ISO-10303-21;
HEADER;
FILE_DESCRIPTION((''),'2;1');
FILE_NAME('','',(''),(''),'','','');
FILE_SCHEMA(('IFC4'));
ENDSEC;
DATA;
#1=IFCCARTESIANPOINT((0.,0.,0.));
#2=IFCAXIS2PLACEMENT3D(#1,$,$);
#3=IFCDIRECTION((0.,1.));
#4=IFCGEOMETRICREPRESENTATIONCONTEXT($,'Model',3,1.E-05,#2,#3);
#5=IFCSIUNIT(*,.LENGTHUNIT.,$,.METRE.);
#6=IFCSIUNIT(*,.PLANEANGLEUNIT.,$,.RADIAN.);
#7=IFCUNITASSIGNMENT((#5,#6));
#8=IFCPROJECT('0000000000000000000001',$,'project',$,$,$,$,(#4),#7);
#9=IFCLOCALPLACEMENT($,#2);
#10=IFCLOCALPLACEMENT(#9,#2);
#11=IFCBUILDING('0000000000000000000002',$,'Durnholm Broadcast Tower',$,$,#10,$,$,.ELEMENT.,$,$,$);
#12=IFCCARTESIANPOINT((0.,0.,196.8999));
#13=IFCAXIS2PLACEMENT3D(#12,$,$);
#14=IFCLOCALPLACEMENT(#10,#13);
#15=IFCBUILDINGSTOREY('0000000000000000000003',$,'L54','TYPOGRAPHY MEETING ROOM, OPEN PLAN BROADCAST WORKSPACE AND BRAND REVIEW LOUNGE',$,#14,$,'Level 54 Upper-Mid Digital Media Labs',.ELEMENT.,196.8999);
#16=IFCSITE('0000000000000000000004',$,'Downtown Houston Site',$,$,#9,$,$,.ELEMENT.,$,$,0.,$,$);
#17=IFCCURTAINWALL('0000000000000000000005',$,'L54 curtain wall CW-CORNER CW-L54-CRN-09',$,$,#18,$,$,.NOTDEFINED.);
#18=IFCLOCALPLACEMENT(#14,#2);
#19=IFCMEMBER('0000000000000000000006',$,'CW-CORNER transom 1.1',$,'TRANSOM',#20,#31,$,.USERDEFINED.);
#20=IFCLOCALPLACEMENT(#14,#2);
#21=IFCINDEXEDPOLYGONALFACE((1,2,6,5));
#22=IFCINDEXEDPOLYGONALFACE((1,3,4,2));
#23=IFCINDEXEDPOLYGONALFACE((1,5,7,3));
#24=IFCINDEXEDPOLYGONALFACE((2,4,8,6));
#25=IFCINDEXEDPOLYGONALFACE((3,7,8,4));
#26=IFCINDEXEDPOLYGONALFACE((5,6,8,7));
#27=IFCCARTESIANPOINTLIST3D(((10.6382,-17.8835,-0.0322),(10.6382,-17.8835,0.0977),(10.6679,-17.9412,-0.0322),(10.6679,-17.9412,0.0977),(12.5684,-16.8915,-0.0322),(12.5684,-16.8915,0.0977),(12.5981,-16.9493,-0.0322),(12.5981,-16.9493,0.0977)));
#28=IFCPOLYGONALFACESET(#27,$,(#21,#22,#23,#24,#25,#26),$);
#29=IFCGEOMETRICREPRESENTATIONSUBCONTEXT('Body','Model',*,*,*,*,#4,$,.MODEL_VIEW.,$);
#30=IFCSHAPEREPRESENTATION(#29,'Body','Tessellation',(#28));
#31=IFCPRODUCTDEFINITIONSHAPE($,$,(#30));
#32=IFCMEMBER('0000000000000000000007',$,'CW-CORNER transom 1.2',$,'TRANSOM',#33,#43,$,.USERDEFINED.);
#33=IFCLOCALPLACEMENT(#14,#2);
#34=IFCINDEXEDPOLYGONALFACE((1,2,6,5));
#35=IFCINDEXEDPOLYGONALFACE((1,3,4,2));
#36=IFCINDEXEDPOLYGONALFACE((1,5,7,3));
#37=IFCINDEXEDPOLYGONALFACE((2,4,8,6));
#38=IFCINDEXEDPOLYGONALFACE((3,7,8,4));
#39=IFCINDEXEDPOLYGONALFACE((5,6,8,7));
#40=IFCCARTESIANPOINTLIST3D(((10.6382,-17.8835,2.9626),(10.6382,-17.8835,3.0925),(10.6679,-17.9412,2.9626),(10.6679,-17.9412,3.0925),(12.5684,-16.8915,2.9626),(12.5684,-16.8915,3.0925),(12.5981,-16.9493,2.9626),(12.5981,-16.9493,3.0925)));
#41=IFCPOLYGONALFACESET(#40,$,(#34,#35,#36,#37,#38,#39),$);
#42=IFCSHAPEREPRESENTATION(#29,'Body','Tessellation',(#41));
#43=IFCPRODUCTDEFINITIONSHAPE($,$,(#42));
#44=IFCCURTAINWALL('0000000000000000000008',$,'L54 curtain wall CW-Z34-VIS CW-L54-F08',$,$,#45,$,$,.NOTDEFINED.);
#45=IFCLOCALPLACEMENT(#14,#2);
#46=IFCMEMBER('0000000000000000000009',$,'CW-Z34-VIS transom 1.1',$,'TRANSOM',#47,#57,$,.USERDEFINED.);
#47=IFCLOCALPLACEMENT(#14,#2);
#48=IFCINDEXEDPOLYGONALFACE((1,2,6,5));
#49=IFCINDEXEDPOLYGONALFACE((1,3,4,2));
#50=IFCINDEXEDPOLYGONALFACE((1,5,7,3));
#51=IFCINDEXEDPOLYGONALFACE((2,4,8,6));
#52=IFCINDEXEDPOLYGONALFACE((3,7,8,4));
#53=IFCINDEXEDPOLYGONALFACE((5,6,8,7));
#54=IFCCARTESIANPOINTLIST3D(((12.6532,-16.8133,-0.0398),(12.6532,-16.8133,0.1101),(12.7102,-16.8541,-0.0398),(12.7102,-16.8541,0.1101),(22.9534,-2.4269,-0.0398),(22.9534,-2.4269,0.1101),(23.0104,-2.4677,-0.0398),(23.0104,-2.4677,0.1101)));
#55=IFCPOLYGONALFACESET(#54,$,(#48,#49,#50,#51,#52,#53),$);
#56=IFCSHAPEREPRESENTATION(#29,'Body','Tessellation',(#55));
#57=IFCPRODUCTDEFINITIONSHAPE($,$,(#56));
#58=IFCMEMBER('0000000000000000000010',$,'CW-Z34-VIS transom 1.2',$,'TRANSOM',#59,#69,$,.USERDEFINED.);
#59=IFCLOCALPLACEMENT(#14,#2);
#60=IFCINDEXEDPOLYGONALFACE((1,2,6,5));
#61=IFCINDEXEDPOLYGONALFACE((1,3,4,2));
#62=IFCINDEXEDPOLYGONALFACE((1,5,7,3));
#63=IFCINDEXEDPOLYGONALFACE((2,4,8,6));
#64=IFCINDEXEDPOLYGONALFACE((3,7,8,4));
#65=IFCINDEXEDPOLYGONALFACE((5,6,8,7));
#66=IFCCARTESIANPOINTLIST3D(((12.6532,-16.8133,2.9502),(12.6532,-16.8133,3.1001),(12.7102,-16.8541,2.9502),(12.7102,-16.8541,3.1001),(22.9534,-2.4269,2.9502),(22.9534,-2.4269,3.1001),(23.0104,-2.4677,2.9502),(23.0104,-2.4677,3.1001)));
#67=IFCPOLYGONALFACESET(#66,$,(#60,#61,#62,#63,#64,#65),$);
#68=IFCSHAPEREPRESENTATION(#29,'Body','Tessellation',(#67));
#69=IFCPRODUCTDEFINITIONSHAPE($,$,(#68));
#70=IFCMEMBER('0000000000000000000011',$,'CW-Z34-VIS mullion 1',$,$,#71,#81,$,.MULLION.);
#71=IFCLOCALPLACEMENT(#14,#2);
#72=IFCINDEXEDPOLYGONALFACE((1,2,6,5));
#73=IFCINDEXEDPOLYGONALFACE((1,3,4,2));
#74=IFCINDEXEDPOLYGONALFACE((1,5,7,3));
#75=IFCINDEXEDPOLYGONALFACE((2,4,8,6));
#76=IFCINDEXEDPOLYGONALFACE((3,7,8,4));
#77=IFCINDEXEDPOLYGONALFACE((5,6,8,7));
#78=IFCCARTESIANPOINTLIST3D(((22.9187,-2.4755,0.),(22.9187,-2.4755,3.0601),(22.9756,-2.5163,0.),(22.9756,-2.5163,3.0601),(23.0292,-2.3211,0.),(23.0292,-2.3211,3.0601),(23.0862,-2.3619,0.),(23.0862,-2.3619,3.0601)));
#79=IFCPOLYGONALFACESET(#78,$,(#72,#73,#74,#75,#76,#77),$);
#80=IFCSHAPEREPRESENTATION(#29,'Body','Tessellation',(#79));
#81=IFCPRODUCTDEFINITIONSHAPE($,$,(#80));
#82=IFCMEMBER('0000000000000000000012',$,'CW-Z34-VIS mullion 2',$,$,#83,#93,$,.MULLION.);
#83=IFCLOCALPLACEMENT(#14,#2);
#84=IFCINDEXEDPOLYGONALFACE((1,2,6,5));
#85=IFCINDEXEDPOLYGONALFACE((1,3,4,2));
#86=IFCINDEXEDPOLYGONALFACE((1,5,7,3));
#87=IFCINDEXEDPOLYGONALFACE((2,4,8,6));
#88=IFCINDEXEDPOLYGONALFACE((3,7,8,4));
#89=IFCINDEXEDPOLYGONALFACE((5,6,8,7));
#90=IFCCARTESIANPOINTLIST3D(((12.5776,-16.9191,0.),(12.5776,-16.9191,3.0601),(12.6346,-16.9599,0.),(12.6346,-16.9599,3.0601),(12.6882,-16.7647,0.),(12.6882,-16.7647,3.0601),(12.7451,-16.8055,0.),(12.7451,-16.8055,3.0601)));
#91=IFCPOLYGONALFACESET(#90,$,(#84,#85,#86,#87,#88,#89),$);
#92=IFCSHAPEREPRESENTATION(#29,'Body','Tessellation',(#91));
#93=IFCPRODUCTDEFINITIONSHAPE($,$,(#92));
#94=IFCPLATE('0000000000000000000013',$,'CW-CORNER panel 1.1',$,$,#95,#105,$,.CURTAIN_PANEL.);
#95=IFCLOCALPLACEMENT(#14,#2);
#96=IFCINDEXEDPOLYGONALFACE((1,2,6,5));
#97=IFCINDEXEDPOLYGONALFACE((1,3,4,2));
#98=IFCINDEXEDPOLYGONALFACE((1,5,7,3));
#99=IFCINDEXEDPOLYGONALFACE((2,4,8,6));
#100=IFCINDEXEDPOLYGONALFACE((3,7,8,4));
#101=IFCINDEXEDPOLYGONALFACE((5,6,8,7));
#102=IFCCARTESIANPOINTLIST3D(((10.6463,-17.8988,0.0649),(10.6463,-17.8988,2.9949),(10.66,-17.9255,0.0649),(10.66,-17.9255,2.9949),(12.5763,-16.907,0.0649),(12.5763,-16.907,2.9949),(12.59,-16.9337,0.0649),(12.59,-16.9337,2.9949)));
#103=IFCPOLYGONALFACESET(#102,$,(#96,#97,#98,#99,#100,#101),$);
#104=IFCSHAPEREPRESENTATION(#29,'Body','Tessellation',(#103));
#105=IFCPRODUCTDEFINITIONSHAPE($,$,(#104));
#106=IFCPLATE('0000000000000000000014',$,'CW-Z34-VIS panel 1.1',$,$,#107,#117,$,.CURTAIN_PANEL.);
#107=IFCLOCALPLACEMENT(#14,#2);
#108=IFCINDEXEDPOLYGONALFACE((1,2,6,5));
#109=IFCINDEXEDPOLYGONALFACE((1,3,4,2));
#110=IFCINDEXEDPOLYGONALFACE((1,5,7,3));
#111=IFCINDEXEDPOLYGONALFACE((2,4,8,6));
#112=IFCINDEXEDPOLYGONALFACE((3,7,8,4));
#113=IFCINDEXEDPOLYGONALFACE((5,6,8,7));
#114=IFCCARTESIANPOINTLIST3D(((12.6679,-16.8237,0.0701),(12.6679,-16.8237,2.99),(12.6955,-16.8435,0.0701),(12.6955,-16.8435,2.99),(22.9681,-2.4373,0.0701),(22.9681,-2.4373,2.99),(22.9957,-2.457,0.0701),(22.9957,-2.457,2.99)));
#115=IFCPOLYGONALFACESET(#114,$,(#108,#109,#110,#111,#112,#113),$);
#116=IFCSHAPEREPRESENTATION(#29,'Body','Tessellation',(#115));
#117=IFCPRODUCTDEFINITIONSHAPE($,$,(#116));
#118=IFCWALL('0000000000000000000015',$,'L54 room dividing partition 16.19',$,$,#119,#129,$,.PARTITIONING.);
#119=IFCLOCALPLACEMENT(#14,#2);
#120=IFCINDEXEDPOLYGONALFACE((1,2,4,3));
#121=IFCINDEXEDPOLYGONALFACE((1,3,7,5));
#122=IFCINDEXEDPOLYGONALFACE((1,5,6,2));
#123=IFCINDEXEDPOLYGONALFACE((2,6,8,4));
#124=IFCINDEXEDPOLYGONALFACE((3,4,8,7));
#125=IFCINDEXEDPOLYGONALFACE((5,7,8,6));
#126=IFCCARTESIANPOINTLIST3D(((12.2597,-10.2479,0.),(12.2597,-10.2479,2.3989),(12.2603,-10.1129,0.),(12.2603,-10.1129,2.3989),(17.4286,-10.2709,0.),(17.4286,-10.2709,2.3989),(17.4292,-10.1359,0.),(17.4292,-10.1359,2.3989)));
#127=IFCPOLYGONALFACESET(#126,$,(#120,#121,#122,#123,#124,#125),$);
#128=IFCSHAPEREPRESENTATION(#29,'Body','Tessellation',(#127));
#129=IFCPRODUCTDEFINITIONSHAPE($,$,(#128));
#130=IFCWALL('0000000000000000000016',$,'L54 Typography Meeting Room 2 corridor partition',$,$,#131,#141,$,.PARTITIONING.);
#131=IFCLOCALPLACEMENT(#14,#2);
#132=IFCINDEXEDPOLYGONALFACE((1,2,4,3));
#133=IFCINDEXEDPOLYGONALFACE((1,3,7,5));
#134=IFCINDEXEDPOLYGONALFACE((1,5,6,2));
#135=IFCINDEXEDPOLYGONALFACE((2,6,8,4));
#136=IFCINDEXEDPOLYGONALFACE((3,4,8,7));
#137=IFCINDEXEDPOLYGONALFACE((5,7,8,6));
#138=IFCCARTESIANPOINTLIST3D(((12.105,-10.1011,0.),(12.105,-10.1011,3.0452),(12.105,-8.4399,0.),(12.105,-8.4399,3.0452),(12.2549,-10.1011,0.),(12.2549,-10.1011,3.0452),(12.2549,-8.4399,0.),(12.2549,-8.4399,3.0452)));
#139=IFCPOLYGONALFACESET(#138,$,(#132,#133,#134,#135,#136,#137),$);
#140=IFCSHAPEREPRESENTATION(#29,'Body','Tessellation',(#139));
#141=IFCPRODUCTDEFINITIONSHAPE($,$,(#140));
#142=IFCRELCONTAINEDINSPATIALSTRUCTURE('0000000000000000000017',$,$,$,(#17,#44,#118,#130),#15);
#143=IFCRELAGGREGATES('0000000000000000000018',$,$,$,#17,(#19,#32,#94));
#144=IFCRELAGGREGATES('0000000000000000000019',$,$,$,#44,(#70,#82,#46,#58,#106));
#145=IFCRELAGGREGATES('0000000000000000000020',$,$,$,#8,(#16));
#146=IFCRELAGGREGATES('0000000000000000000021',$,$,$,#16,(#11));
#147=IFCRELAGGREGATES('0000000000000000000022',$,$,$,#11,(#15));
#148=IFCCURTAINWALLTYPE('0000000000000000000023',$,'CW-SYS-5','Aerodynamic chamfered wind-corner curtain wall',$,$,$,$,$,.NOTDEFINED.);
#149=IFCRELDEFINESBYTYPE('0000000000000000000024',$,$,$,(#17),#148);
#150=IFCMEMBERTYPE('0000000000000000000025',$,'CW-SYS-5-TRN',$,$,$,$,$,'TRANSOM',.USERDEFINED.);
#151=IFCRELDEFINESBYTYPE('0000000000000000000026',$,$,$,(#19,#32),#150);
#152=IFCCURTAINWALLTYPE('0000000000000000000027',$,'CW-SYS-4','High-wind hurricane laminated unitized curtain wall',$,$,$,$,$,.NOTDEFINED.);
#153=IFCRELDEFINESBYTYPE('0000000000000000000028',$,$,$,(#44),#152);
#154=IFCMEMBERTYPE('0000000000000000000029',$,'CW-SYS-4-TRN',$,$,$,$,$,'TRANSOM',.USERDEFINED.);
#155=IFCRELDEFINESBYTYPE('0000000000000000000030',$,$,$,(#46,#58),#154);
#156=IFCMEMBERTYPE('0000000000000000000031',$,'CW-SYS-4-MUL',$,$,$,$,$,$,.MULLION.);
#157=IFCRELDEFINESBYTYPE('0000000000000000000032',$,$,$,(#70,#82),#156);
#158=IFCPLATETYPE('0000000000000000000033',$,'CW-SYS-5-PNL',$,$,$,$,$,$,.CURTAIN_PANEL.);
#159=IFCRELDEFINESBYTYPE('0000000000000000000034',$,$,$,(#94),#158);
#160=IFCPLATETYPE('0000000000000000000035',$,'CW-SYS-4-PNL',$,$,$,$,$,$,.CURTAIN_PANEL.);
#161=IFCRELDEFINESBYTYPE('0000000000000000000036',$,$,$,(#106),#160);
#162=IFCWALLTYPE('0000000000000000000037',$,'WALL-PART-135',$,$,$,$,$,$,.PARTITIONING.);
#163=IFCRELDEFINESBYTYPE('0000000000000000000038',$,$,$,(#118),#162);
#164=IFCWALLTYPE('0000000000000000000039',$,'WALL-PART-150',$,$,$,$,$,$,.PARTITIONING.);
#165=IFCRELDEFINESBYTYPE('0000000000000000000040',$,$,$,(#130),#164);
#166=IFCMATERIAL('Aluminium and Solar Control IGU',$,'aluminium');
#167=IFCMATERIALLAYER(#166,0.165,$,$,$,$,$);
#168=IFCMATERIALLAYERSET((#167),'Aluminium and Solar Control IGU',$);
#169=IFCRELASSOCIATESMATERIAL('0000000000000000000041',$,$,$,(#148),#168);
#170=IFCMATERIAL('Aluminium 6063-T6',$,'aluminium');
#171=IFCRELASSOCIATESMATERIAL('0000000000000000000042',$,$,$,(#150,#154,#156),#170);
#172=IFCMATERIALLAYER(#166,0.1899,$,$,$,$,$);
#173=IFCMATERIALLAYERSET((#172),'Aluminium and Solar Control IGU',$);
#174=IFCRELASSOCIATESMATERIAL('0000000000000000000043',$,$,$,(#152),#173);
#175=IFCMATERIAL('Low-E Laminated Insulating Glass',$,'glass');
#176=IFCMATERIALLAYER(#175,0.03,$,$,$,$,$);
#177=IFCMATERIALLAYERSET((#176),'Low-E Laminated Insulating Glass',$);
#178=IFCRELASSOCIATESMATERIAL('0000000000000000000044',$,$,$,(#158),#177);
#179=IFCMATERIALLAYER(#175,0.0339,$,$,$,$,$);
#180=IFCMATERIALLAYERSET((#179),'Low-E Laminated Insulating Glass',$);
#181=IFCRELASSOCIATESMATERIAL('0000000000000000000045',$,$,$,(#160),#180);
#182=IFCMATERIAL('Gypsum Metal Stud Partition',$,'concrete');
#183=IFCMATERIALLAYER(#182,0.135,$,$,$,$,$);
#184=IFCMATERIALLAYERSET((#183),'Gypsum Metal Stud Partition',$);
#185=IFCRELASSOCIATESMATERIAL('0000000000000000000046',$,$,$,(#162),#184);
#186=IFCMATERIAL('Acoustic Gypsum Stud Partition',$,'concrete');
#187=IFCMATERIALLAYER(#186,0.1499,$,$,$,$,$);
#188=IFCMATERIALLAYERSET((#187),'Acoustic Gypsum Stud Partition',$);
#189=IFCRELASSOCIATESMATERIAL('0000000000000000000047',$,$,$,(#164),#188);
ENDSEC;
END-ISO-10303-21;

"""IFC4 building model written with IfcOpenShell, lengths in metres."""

from ifc_helpers import new_model, si_unit, direction, frame, frame_2d, origin, origin_2d, place, context, subcontext, project, spatial, rectangle, extrude, source, transform, mapped, material, layer, layer_set, material_profile, profile_set, type_object, type_shapes, element, aggregate, save


model = new_model("IFC4")

# Units and contexts
model_context = context("Model", 3, precision=1e-05, world=origin(), true_north=direction((0.0, 1.0)))
body_context = subcontext(model_context, "Body", "Model", "MODEL_VIEW")
ifc_project = project(units=[si_unit("LENGTHUNIT", "METRE"), si_unit("PLANEANGLEUNIT", "RADIAN")], contexts=[model_context])

# Site, building, storey
site_placement = place(None, origin())
site = spatial("IfcSite", under=ifc_project, at=site_placement, Name="Downtown Houston Site", CompositionType="ELEMENT", RefElevation=0.0)
building_placement = place(site_placement, origin())
building = spatial("IfcBuilding", under=site, at=building_placement, Name="Durnholm Broadcast Tower", CompositionType="ELEMENT")
storey_placement = place(building_placement, frame((0.0, 0.0, 196.8999)))
storey = spatial("IfcBuildingStorey", under=building, at=storey_placement, Name="L54", Description="TYPOGRAPHY MEETING ROOM, OPEN PLAN BROADCAST WORKSPACE AND BRAND REVIEW LOUNGE", LongName="Level 54 Upper-Mid Digital Media Labs", CompositionType="ELEMENT", Elevation=196.8999)

# Shared definitions
ifc_material_1 = material(Name="Aluminium and Solar Control IGU", Category="aluminium")
ifc_layer_1 = layer(ifc_material_1, 0.165)
ifc_layer_set_1 = layer_set([ifc_layer_1], Name="Aluminium and Solar Control IGU")
curtain_wall_type_1 = type_object("IfcCurtainWallType", Name="CW-SYS-5", Description="Aerodynamic chamfered wind-corner curtain wall", PredefinedType="NOTDEFINED", material=ifc_layer_set_1)
ifc_material_2 = material(Name="Aluminium 6063-T6", Category="aluminium")

# Curtain walls, members
curtain_wall_1_placement = place(storey_placement, origin())
curtain_wall_1 = element("IfcCurtainWall", 1, at=curtain_wall_1_placement, inside=storey, type_object=curtain_wall_type_1, Name="L54 curtain wall CW-CORNER CW-L54-CRN-09", PredefinedType="NOTDEFINED")
ifc_material_profile_1 = material_profile(ifc_material_2, rectangle(XDim=0.0649, YDim=0.1299, at=origin_2d()), Name="CWT65X130")
ifc_profile_set_1 = profile_set([ifc_material_profile_1], Name="Aluminium 6063-T6")
member_type_1 = type_object("IfcMemberType", Name="CW-SYS-5-TRN", ElementType="TRANSOM", PredefinedType="USERDEFINED", material=ifc_profile_set_1)
shared_shape_1 = source(origin(), body_context, "Body", "SweptSolid", [
    extrude(rectangle(XDim=0.0649, YDim=0.1299, at=origin_2d()), origin(), (0.0, 0.0, 1.0), 2.1702),
])
type_shapes(member_type_1, [shared_shape_1])
member_1_placement = place(storey_placement, frame((12.5833, -16.9204, 0.0327), z_axis=(-0.889422, -0.457086, 0.0), x_axis=(0.457086, -0.889422, 0.0)))
member_1 = element("IfcMember", 2, at=member_1_placement, type_object=member_type_1, Name="CW-CORNER transom 1.1", ObjectType="TRANSOM", PredefinedType="USERDEFINED", context=body_context, shape_type="MappedRepresentation", body=[
    mapped(shared_shape_1, transform((0.0, 0.0, 0.0), x_axis=(1.0, 0.0, 0.0), y_axis=(0.0, 1.0, 0.0), z_axis=(0.0, 0.0, 1.0), scale=1.0)),
])
member_2_placement = place(storey_placement, frame((12.5833, -16.9204, 3.0276), z_axis=(-0.889422, -0.457086, 0.0), x_axis=(0.457086, -0.889422, 0.0)))
member_2 = element("IfcMember", 3, at=member_2_placement, type_object=member_type_1, Name="CW-CORNER transom 1.2", ObjectType="TRANSOM", PredefinedType="USERDEFINED", context=body_context, shape_type="MappedRepresentation", body=[
    mapped(shared_shape_1, transform((0.0, 0.0, 0.0), x_axis=(1.0, 0.0, 0.0), y_axis=(0.0, 1.0, 0.0), z_axis=(0.0, 0.0, 1.0), scale=1.0)),
])
ifc_layer_2 = layer(ifc_material_1, 0.1899)
ifc_layer_set_2 = layer_set([ifc_layer_2], Name="Aluminium and Solar Control IGU")
curtain_wall_type_2 = type_object("IfcCurtainWallType", Name="CW-SYS-4", Description="High-wind hurricane laminated unitized curtain wall", PredefinedType="NOTDEFINED", material=ifc_layer_set_2)
curtain_wall_2_placement = place(storey_placement, origin())
curtain_wall_2 = element("IfcCurtainWall", 4, at=curtain_wall_2_placement, inside=storey, type_object=curtain_wall_type_2, Name="L54 curtain wall CW-Z34-VIS CW-L54-F08", PredefinedType="NOTDEFINED")
ifc_material_profile_2 = material_profile(ifc_material_2, rectangle(XDim=0.0701, YDim=0.1499, at=origin_2d()), Name="CWT70X150")
ifc_profile_set_2 = profile_set([ifc_material_profile_2], Name="Aluminium 6063-T6")
member_type_2 = type_object("IfcMemberType", Name="CW-SYS-4-TRN", ElementType="TRANSOM", PredefinedType="USERDEFINED", material=ifc_profile_set_2)
shared_shape_2 = source(origin(), body_context, "Body", "SweptSolid", [
    extrude(rectangle(XDim=0.0701, YDim=0.1499, at=origin_2d()), origin(), (0.0, 0.0, 1.0), 17.6936),
])
type_shapes(member_type_2, [shared_shape_2])
member_3_placement = place(storey_placement, frame((22.9819, -2.4473, 0.0352), z_axis=(-0.582145, -0.813085, 0.0), x_axis=(0.813085, -0.582145, 0.0)))
member_3 = element("IfcMember", 5, at=member_3_placement, type_object=member_type_2, Name="CW-Z34-VIS transom 1.1", ObjectType="TRANSOM", PredefinedType="USERDEFINED", context=body_context, shape_type="MappedRepresentation", body=[
    mapped(shared_shape_2, transform((0.0, 0.0, 0.0), x_axis=(1.0, 0.0, 0.0), y_axis=(0.0, 1.0, 0.0), z_axis=(0.0, 0.0, 1.0), scale=1.0)),
])
member_4_placement = place(storey_placement, frame((22.9819, -2.4473, 3.0251), z_axis=(-0.582145, -0.813085, 0.0), x_axis=(0.813085, -0.582145, 0.0)))
member_4 = element("IfcMember", 6, at=member_4_placement, type_object=member_type_2, Name="CW-Z34-VIS transom 1.2", ObjectType="TRANSOM", PredefinedType="USERDEFINED", context=body_context, shape_type="MappedRepresentation", body=[
    mapped(shared_shape_2, transform((0.0, 0.0, 0.0), x_axis=(1.0, 0.0, 0.0), y_axis=(0.0, 1.0, 0.0), z_axis=(0.0, 0.0, 1.0), scale=1.0)),
])
ifc_material_profile_3 = material_profile(ifc_material_2, rectangle(XDim=0.0701, YDim=0.1899, at=origin_2d()), Name="CWM70X190")
ifc_profile_set_3 = profile_set([ifc_material_profile_3], Name="Aluminium 6063-T6")
member_type_3 = type_object("IfcMemberType", Name="CW-SYS-4-MUL", PredefinedType="MULLION", material=ifc_profile_set_3)
shared_shape_3 = source(origin(), body_context, "Body", "SweptSolid", [
    extrude(rectangle(XDim=0.0701, YDim=0.1899, at=origin_2d()), origin(), (0.0, 0.0, 1.0), 3.0601),
])
type_shapes(member_type_3, [shared_shape_3])
member_5_placement = place(storey_placement, frame((23.0024, -2.4187, 0.0), z_axis=(0.0, 0.0, 1.0), x_axis=(0.813089, -0.582139, 0.0)))
member_5 = element("IfcMember", 7, at=member_5_placement, type_object=member_type_3, Name="CW-Z34-VIS mullion 1", PredefinedType="MULLION", context=body_context, shape_type="MappedRepresentation", body=[
    mapped(shared_shape_3, transform((0.0, 0.0, 0.0), x_axis=(1.0, 0.0, 0.0), y_axis=(0.0, 1.0, 0.0), z_axis=(0.0, 0.0, 1.0), scale=1.0)),
])
member_6_placement = place(storey_placement, frame((12.6614, -16.8623, 0.0), z_axis=(0.0, 0.0, 1.0), x_axis=(0.813089, -0.582139, 0.0)))
member_6 = element("IfcMember", 8, at=member_6_placement, type_object=member_type_3, Name="CW-Z34-VIS mullion 2", PredefinedType="MULLION", context=body_context, shape_type="MappedRepresentation", body=[
    mapped(shared_shape_3, transform((0.0, 0.0, 0.0), x_axis=(1.0, 0.0, 0.0), y_axis=(0.0, 1.0, 0.0), z_axis=(0.0, 0.0, 1.0), scale=1.0)),
])

# Plates
ifc_material_3 = material(Name="Low-E Laminated Insulating Glass", Category="glass")
ifc_layer_3 = layer(ifc_material_3, 0.03)
ifc_layer_set_3 = layer_set([ifc_layer_3], Name="Low-E Laminated Insulating Glass")
plate_type_1 = type_object("IfcPlateType", Name="CW-SYS-5-PNL", PredefinedType="CURTAIN_PANEL", material=ifc_layer_set_3)
shared_shape_4 = source(origin(), body_context, "Body", "SweptSolid", [
    extrude(rectangle(XDim=2.1699, YDim=0.03, at=origin_2d()), origin(), (0.0, 0.0, 1.0), 2.9299),
])
type_shapes(plate_type_1, [shared_shape_4])
plate_1_placement = place(storey_placement, frame((11.6182, -17.4163, 0.0649), z_axis=(0.0, 0.0, 1.0), x_axis=(-0.889425, -0.457082, 0.0)))
plate_1 = element("IfcPlate", 9, at=plate_1_placement, type_object=plate_type_1, Name="CW-CORNER panel 1.1", PredefinedType="CURTAIN_PANEL", context=body_context, shape_type="MappedRepresentation", body=[
    mapped(shared_shape_4, transform((0.0, 0.0, 0.0), x_axis=(1.0, 0.0, 0.0), y_axis=(0.0, 1.0, 0.0), z_axis=(0.0, 0.0, 1.0), scale=1.0)),
])
aggregate(curtain_wall_1, [member_1, member_2, plate_1])
ifc_layer_4 = layer(ifc_material_3, 0.0339)
ifc_layer_set_4 = layer_set([ifc_layer_4], Name="Low-E Laminated Insulating Glass")
plate_type_2 = type_object("IfcPlateType", Name="CW-SYS-4-PNL", PredefinedType="CURTAIN_PANEL", material=ifc_layer_set_4)
shared_shape_5 = source(origin(), body_context, "Body", "SweptSolid", [
    extrude(rectangle(XDim=17.6936, YDim=0.0339, at=origin_2d()), origin(), (0.0, 0.0, 1.0), 2.9199),
])
type_shapes(plate_type_2, [shared_shape_5])
plate_2_placement = place(storey_placement, frame((17.8318, -9.6404, 0.0701), z_axis=(0.0, 0.0, 1.0), x_axis=(-0.582139, -0.813089, 0.0)))
plate_2 = element("IfcPlate", 10, at=plate_2_placement, type_object=plate_type_2, Name="CW-Z34-VIS panel 1.1", PredefinedType="CURTAIN_PANEL", context=body_context, shape_type="MappedRepresentation", body=[
    mapped(shared_shape_5, transform((0.0, 0.0, 0.0), x_axis=(1.0, 0.0, 0.0), y_axis=(0.0, 1.0, 0.0), z_axis=(0.0, 0.0, 1.0), scale=1.0)),
])
aggregate(curtain_wall_2, [member_5, member_6, member_3, member_4, plate_2])

# Walls
ifc_material_4 = material(Name="Gypsum Metal Stud Partition", Category="concrete")
ifc_layer_5 = layer(ifc_material_4, 0.135)
ifc_layer_set_5 = layer_set([ifc_layer_5], Name="Gypsum Metal Stud Partition")
wall_type_1 = type_object("IfcWallType", Name="WALL-PART-135", PredefinedType="PARTITIONING", material=ifc_layer_set_5)
wall_1_placement = place(storey_placement, frame((12.26, -10.1804, 0.0), z_axis=(0.0, 0.0, 1.0), x_axis=(0.99999, -0.00444, 0.0)))
element("IfcWall", 11, at=wall_1_placement, inside=storey, type_object=wall_type_1, Name="L54 room dividing partition 16.19", PredefinedType="PARTITIONING", context=body_context, shape_type="SweptSolid", body=[
    extrude(rectangle(XDim=5.1689, YDim=0.135, at=frame_2d((2.5845, 0.0))), origin(), (0.0, 0.0, 1.0), 2.3989),
])
ifc_material_5 = material(Name="Acoustic Gypsum Stud Partition", Category="concrete")
ifc_layer_6 = layer(ifc_material_5, 0.1499)
ifc_layer_set_6 = layer_set([ifc_layer_6], Name="Acoustic Gypsum Stud Partition")
wall_type_2 = type_object("IfcWallType", Name="WALL-PART-150", PredefinedType="PARTITIONING", material=ifc_layer_set_6)
wall_2_placement = place(storey_placement, frame((12.1799, -10.1011, 0.0), z_axis=(0.0, 0.0, 1.0), x_axis=(0.0, 1.0, 0.0)))
element("IfcWall", 12, at=wall_2_placement, inside=storey, type_object=wall_type_2, Name="L54 Typography Meeting Room 2 corridor partition", PredefinedType="PARTITIONING", context=body_context, shape_type="SweptSolid", body=[
    extrude(rectangle(XDim=1.6611, YDim=0.1499, at=frame_2d((0.8306, 0.0))), origin(), (0.0, 0.0, 1.0), 3.0452),
])

save(model, "model.ifc")
